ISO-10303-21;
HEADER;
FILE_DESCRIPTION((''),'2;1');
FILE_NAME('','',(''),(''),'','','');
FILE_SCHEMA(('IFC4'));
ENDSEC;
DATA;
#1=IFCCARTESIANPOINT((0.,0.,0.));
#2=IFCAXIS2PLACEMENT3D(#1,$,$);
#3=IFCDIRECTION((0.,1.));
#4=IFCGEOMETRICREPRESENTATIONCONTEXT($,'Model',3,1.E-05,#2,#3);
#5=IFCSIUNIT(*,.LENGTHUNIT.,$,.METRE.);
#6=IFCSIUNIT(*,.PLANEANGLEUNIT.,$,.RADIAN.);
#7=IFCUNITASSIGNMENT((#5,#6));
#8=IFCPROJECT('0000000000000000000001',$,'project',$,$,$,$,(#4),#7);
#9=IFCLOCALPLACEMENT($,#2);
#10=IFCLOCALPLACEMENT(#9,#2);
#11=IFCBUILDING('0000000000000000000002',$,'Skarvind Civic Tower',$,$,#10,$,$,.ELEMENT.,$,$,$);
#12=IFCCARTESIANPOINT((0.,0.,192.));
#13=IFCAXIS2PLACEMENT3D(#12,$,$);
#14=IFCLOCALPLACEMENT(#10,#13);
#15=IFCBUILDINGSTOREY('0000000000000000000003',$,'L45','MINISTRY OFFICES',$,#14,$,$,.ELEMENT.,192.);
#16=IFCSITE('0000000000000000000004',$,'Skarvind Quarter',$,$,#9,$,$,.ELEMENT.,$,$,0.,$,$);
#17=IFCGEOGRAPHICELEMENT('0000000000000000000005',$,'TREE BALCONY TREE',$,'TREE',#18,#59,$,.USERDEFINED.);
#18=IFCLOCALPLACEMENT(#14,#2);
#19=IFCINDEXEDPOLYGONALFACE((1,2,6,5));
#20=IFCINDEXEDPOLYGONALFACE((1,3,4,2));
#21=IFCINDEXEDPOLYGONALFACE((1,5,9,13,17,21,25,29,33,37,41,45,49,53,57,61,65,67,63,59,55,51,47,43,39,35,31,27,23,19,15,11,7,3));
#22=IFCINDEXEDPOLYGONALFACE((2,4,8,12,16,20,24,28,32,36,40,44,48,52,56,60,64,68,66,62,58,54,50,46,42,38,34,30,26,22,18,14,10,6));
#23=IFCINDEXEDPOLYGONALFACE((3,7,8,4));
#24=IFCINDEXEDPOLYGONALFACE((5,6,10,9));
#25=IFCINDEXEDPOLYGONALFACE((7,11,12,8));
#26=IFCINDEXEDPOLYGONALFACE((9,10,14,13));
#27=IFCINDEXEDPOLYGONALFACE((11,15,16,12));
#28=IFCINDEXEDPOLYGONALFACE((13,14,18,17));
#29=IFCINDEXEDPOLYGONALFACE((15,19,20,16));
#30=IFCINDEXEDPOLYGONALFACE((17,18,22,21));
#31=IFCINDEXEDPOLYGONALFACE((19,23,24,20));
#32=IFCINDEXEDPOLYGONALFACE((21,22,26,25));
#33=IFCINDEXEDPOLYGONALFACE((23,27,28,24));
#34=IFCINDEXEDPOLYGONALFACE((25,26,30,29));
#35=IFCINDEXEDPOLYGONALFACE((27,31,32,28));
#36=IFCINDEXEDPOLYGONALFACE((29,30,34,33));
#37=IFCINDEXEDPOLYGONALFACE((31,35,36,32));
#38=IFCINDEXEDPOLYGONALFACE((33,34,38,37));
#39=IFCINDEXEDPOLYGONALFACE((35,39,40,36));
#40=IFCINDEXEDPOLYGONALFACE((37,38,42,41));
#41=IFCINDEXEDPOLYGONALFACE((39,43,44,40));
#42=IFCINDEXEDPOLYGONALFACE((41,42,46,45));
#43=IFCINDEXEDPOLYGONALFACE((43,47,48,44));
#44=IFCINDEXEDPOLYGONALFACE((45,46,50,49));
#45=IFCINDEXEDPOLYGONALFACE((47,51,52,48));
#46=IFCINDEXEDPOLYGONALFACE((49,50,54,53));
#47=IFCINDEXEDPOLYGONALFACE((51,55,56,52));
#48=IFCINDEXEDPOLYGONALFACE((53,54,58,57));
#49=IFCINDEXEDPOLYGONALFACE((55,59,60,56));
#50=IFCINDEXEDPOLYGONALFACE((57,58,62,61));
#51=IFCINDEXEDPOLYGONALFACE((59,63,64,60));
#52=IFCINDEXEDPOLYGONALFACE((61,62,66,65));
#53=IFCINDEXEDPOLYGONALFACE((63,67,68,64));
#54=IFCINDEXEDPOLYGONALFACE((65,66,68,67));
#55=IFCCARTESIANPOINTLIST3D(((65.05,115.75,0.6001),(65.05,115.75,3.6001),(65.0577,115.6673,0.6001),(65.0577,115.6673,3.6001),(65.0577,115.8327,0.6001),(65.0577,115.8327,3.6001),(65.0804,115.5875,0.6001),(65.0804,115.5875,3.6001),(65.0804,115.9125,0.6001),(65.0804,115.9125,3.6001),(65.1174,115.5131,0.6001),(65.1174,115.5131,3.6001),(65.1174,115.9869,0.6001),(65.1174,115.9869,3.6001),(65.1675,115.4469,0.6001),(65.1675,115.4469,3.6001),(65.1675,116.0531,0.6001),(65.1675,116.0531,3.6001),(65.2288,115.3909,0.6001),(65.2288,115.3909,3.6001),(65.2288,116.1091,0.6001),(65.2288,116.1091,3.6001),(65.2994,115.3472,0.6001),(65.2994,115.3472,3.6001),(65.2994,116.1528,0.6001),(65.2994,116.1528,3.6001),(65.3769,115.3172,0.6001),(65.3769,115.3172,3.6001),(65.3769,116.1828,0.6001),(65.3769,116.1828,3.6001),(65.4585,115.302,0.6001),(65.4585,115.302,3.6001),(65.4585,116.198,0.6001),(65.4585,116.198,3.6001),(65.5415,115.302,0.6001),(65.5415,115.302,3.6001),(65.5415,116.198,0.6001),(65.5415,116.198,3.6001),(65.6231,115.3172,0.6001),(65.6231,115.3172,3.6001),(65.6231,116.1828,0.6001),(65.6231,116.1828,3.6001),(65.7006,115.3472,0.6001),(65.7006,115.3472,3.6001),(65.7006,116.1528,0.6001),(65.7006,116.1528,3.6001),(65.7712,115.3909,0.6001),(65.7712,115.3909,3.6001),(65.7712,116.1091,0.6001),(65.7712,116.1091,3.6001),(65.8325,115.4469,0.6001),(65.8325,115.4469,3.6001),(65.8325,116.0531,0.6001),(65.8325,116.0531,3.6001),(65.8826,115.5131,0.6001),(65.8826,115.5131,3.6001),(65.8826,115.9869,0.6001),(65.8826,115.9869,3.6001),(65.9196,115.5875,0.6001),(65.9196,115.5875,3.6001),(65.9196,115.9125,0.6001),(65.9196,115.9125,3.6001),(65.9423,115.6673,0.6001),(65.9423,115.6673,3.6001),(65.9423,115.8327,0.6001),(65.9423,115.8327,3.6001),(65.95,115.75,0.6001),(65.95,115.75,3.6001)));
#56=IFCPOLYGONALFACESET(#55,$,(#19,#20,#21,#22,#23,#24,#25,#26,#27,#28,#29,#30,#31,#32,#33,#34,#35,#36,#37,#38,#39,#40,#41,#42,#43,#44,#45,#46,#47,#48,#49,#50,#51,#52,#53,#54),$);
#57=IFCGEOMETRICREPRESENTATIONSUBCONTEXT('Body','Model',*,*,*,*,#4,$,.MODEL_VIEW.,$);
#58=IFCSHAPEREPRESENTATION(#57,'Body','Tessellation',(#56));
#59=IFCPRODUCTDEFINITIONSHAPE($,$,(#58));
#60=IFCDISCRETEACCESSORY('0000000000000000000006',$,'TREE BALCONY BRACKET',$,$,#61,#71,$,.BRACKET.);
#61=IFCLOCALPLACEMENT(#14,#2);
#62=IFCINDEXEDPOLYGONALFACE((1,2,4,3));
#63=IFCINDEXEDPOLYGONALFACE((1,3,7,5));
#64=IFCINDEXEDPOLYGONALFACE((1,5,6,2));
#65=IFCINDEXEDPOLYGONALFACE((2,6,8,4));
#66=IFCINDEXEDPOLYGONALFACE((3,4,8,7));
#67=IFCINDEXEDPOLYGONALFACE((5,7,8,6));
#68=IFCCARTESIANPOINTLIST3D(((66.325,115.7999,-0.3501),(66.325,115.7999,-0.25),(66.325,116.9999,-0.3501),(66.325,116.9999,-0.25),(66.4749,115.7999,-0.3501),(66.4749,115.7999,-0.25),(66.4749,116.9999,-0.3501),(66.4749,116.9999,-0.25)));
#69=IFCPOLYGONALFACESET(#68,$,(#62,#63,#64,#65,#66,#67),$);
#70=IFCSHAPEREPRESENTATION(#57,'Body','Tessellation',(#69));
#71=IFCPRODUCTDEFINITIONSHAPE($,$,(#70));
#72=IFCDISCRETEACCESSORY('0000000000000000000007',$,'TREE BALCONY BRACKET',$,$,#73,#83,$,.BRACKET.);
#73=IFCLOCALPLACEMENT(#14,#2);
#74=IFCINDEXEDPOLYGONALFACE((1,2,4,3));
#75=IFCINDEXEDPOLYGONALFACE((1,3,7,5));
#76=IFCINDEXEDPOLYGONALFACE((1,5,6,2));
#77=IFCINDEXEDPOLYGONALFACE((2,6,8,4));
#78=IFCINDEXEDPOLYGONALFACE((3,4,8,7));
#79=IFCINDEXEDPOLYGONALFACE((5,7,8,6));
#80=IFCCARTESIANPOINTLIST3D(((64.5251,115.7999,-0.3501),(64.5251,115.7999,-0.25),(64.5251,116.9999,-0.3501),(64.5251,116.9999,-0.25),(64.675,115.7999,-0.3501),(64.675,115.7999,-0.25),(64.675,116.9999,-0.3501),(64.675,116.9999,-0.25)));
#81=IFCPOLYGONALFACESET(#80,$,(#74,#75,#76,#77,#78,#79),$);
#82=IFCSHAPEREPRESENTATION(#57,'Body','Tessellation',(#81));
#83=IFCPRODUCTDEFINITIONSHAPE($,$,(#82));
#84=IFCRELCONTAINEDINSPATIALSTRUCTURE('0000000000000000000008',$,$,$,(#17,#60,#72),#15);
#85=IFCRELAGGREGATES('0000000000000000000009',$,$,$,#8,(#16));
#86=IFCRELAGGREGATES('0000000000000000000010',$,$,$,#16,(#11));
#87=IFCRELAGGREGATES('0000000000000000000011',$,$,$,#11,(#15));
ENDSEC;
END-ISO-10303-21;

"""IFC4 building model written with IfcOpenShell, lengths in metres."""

from ifc_helpers import new_model, si_unit, direction, frame, origin, origin_2d, place, context, subcontext, project, spatial, rectangle, circle, extrude, element, save


model = new_model("IFC4")

# Units and contexts
model_context = context("Model", 3, precision=1e-05, world=origin(), true_north=direction((0.0, 1.0)))
body_context = subcontext(model_context, "Body", "Model", "MODEL_VIEW")
ifc_project = project(units=[si_unit("LENGTHUNIT", "METRE"), si_unit("PLANEANGLEUNIT", "RADIAN")], contexts=[model_context])

# Site, building, storey
site_placement = place(None, origin())
site = spatial("IfcSite", under=ifc_project, at=site_placement, Name="Skarvind Quarter", CompositionType="ELEMENT", RefElevation=0.0)
building_placement = place(site_placement, origin())
building = spatial("IfcBuilding", under=site, at=building_placement, Name="Skarvind Civic Tower", CompositionType="ELEMENT")
storey_placement = place(building_placement, frame((0.0, 0.0, 192.0)))
storey = spatial("IfcBuildingStorey", under=building, at=storey_placement, Name="L45", Description="MINISTRY OFFICES", CompositionType="ELEMENT", Elevation=192.0)

# Geographic element
geographic_element_1_placement = place(storey_placement, frame((65.5, 115.75, 0.6001), z_axis=(0.0, 0.0, 1.0), x_axis=(1.0, 0.0, 0.0)))
element("IfcGeographicElement", 1, at=geographic_element_1_placement, inside=storey, Name="TREE BALCONY TREE", ObjectType="TREE", PredefinedType="USERDEFINED", context=body_context, shape_type="SweptSolid", body=[
    extrude(circle(Radius=0.45, at=origin_2d()), origin(), (0.0, 0.0, 1.0), 3.0),
])

# Discrete accessories
for number, where, z_axis, x_axis, name in (
    (2, (66.3999, 116.3999, -0.3501), (0.0, 0.0, 1.0), (-1.0, 0.0, 0.0), "TREE BALCONY BRACKET"),
    (3, (64.6001, 116.3999, -0.3501), (0.0, 0.0, 1.0), (-1.0, 0.0, 0.0), "TREE BALCONY BRACKET"),
):
    element("IfcDiscreteAccessory", number, at=place(storey_placement, frame(where, z_axis=z_axis, x_axis=x_axis)), inside=storey, Name=name, PredefinedType="BRACKET", context=body_context, shape_type="SweptSolid", body=[
        extrude(rectangle(XDim=0.1499, YDim=1.2, at=origin_2d()), origin(), (0.0, 0.0, 1.0), 0.1001),
    ])

save(model, "model.ifc")
